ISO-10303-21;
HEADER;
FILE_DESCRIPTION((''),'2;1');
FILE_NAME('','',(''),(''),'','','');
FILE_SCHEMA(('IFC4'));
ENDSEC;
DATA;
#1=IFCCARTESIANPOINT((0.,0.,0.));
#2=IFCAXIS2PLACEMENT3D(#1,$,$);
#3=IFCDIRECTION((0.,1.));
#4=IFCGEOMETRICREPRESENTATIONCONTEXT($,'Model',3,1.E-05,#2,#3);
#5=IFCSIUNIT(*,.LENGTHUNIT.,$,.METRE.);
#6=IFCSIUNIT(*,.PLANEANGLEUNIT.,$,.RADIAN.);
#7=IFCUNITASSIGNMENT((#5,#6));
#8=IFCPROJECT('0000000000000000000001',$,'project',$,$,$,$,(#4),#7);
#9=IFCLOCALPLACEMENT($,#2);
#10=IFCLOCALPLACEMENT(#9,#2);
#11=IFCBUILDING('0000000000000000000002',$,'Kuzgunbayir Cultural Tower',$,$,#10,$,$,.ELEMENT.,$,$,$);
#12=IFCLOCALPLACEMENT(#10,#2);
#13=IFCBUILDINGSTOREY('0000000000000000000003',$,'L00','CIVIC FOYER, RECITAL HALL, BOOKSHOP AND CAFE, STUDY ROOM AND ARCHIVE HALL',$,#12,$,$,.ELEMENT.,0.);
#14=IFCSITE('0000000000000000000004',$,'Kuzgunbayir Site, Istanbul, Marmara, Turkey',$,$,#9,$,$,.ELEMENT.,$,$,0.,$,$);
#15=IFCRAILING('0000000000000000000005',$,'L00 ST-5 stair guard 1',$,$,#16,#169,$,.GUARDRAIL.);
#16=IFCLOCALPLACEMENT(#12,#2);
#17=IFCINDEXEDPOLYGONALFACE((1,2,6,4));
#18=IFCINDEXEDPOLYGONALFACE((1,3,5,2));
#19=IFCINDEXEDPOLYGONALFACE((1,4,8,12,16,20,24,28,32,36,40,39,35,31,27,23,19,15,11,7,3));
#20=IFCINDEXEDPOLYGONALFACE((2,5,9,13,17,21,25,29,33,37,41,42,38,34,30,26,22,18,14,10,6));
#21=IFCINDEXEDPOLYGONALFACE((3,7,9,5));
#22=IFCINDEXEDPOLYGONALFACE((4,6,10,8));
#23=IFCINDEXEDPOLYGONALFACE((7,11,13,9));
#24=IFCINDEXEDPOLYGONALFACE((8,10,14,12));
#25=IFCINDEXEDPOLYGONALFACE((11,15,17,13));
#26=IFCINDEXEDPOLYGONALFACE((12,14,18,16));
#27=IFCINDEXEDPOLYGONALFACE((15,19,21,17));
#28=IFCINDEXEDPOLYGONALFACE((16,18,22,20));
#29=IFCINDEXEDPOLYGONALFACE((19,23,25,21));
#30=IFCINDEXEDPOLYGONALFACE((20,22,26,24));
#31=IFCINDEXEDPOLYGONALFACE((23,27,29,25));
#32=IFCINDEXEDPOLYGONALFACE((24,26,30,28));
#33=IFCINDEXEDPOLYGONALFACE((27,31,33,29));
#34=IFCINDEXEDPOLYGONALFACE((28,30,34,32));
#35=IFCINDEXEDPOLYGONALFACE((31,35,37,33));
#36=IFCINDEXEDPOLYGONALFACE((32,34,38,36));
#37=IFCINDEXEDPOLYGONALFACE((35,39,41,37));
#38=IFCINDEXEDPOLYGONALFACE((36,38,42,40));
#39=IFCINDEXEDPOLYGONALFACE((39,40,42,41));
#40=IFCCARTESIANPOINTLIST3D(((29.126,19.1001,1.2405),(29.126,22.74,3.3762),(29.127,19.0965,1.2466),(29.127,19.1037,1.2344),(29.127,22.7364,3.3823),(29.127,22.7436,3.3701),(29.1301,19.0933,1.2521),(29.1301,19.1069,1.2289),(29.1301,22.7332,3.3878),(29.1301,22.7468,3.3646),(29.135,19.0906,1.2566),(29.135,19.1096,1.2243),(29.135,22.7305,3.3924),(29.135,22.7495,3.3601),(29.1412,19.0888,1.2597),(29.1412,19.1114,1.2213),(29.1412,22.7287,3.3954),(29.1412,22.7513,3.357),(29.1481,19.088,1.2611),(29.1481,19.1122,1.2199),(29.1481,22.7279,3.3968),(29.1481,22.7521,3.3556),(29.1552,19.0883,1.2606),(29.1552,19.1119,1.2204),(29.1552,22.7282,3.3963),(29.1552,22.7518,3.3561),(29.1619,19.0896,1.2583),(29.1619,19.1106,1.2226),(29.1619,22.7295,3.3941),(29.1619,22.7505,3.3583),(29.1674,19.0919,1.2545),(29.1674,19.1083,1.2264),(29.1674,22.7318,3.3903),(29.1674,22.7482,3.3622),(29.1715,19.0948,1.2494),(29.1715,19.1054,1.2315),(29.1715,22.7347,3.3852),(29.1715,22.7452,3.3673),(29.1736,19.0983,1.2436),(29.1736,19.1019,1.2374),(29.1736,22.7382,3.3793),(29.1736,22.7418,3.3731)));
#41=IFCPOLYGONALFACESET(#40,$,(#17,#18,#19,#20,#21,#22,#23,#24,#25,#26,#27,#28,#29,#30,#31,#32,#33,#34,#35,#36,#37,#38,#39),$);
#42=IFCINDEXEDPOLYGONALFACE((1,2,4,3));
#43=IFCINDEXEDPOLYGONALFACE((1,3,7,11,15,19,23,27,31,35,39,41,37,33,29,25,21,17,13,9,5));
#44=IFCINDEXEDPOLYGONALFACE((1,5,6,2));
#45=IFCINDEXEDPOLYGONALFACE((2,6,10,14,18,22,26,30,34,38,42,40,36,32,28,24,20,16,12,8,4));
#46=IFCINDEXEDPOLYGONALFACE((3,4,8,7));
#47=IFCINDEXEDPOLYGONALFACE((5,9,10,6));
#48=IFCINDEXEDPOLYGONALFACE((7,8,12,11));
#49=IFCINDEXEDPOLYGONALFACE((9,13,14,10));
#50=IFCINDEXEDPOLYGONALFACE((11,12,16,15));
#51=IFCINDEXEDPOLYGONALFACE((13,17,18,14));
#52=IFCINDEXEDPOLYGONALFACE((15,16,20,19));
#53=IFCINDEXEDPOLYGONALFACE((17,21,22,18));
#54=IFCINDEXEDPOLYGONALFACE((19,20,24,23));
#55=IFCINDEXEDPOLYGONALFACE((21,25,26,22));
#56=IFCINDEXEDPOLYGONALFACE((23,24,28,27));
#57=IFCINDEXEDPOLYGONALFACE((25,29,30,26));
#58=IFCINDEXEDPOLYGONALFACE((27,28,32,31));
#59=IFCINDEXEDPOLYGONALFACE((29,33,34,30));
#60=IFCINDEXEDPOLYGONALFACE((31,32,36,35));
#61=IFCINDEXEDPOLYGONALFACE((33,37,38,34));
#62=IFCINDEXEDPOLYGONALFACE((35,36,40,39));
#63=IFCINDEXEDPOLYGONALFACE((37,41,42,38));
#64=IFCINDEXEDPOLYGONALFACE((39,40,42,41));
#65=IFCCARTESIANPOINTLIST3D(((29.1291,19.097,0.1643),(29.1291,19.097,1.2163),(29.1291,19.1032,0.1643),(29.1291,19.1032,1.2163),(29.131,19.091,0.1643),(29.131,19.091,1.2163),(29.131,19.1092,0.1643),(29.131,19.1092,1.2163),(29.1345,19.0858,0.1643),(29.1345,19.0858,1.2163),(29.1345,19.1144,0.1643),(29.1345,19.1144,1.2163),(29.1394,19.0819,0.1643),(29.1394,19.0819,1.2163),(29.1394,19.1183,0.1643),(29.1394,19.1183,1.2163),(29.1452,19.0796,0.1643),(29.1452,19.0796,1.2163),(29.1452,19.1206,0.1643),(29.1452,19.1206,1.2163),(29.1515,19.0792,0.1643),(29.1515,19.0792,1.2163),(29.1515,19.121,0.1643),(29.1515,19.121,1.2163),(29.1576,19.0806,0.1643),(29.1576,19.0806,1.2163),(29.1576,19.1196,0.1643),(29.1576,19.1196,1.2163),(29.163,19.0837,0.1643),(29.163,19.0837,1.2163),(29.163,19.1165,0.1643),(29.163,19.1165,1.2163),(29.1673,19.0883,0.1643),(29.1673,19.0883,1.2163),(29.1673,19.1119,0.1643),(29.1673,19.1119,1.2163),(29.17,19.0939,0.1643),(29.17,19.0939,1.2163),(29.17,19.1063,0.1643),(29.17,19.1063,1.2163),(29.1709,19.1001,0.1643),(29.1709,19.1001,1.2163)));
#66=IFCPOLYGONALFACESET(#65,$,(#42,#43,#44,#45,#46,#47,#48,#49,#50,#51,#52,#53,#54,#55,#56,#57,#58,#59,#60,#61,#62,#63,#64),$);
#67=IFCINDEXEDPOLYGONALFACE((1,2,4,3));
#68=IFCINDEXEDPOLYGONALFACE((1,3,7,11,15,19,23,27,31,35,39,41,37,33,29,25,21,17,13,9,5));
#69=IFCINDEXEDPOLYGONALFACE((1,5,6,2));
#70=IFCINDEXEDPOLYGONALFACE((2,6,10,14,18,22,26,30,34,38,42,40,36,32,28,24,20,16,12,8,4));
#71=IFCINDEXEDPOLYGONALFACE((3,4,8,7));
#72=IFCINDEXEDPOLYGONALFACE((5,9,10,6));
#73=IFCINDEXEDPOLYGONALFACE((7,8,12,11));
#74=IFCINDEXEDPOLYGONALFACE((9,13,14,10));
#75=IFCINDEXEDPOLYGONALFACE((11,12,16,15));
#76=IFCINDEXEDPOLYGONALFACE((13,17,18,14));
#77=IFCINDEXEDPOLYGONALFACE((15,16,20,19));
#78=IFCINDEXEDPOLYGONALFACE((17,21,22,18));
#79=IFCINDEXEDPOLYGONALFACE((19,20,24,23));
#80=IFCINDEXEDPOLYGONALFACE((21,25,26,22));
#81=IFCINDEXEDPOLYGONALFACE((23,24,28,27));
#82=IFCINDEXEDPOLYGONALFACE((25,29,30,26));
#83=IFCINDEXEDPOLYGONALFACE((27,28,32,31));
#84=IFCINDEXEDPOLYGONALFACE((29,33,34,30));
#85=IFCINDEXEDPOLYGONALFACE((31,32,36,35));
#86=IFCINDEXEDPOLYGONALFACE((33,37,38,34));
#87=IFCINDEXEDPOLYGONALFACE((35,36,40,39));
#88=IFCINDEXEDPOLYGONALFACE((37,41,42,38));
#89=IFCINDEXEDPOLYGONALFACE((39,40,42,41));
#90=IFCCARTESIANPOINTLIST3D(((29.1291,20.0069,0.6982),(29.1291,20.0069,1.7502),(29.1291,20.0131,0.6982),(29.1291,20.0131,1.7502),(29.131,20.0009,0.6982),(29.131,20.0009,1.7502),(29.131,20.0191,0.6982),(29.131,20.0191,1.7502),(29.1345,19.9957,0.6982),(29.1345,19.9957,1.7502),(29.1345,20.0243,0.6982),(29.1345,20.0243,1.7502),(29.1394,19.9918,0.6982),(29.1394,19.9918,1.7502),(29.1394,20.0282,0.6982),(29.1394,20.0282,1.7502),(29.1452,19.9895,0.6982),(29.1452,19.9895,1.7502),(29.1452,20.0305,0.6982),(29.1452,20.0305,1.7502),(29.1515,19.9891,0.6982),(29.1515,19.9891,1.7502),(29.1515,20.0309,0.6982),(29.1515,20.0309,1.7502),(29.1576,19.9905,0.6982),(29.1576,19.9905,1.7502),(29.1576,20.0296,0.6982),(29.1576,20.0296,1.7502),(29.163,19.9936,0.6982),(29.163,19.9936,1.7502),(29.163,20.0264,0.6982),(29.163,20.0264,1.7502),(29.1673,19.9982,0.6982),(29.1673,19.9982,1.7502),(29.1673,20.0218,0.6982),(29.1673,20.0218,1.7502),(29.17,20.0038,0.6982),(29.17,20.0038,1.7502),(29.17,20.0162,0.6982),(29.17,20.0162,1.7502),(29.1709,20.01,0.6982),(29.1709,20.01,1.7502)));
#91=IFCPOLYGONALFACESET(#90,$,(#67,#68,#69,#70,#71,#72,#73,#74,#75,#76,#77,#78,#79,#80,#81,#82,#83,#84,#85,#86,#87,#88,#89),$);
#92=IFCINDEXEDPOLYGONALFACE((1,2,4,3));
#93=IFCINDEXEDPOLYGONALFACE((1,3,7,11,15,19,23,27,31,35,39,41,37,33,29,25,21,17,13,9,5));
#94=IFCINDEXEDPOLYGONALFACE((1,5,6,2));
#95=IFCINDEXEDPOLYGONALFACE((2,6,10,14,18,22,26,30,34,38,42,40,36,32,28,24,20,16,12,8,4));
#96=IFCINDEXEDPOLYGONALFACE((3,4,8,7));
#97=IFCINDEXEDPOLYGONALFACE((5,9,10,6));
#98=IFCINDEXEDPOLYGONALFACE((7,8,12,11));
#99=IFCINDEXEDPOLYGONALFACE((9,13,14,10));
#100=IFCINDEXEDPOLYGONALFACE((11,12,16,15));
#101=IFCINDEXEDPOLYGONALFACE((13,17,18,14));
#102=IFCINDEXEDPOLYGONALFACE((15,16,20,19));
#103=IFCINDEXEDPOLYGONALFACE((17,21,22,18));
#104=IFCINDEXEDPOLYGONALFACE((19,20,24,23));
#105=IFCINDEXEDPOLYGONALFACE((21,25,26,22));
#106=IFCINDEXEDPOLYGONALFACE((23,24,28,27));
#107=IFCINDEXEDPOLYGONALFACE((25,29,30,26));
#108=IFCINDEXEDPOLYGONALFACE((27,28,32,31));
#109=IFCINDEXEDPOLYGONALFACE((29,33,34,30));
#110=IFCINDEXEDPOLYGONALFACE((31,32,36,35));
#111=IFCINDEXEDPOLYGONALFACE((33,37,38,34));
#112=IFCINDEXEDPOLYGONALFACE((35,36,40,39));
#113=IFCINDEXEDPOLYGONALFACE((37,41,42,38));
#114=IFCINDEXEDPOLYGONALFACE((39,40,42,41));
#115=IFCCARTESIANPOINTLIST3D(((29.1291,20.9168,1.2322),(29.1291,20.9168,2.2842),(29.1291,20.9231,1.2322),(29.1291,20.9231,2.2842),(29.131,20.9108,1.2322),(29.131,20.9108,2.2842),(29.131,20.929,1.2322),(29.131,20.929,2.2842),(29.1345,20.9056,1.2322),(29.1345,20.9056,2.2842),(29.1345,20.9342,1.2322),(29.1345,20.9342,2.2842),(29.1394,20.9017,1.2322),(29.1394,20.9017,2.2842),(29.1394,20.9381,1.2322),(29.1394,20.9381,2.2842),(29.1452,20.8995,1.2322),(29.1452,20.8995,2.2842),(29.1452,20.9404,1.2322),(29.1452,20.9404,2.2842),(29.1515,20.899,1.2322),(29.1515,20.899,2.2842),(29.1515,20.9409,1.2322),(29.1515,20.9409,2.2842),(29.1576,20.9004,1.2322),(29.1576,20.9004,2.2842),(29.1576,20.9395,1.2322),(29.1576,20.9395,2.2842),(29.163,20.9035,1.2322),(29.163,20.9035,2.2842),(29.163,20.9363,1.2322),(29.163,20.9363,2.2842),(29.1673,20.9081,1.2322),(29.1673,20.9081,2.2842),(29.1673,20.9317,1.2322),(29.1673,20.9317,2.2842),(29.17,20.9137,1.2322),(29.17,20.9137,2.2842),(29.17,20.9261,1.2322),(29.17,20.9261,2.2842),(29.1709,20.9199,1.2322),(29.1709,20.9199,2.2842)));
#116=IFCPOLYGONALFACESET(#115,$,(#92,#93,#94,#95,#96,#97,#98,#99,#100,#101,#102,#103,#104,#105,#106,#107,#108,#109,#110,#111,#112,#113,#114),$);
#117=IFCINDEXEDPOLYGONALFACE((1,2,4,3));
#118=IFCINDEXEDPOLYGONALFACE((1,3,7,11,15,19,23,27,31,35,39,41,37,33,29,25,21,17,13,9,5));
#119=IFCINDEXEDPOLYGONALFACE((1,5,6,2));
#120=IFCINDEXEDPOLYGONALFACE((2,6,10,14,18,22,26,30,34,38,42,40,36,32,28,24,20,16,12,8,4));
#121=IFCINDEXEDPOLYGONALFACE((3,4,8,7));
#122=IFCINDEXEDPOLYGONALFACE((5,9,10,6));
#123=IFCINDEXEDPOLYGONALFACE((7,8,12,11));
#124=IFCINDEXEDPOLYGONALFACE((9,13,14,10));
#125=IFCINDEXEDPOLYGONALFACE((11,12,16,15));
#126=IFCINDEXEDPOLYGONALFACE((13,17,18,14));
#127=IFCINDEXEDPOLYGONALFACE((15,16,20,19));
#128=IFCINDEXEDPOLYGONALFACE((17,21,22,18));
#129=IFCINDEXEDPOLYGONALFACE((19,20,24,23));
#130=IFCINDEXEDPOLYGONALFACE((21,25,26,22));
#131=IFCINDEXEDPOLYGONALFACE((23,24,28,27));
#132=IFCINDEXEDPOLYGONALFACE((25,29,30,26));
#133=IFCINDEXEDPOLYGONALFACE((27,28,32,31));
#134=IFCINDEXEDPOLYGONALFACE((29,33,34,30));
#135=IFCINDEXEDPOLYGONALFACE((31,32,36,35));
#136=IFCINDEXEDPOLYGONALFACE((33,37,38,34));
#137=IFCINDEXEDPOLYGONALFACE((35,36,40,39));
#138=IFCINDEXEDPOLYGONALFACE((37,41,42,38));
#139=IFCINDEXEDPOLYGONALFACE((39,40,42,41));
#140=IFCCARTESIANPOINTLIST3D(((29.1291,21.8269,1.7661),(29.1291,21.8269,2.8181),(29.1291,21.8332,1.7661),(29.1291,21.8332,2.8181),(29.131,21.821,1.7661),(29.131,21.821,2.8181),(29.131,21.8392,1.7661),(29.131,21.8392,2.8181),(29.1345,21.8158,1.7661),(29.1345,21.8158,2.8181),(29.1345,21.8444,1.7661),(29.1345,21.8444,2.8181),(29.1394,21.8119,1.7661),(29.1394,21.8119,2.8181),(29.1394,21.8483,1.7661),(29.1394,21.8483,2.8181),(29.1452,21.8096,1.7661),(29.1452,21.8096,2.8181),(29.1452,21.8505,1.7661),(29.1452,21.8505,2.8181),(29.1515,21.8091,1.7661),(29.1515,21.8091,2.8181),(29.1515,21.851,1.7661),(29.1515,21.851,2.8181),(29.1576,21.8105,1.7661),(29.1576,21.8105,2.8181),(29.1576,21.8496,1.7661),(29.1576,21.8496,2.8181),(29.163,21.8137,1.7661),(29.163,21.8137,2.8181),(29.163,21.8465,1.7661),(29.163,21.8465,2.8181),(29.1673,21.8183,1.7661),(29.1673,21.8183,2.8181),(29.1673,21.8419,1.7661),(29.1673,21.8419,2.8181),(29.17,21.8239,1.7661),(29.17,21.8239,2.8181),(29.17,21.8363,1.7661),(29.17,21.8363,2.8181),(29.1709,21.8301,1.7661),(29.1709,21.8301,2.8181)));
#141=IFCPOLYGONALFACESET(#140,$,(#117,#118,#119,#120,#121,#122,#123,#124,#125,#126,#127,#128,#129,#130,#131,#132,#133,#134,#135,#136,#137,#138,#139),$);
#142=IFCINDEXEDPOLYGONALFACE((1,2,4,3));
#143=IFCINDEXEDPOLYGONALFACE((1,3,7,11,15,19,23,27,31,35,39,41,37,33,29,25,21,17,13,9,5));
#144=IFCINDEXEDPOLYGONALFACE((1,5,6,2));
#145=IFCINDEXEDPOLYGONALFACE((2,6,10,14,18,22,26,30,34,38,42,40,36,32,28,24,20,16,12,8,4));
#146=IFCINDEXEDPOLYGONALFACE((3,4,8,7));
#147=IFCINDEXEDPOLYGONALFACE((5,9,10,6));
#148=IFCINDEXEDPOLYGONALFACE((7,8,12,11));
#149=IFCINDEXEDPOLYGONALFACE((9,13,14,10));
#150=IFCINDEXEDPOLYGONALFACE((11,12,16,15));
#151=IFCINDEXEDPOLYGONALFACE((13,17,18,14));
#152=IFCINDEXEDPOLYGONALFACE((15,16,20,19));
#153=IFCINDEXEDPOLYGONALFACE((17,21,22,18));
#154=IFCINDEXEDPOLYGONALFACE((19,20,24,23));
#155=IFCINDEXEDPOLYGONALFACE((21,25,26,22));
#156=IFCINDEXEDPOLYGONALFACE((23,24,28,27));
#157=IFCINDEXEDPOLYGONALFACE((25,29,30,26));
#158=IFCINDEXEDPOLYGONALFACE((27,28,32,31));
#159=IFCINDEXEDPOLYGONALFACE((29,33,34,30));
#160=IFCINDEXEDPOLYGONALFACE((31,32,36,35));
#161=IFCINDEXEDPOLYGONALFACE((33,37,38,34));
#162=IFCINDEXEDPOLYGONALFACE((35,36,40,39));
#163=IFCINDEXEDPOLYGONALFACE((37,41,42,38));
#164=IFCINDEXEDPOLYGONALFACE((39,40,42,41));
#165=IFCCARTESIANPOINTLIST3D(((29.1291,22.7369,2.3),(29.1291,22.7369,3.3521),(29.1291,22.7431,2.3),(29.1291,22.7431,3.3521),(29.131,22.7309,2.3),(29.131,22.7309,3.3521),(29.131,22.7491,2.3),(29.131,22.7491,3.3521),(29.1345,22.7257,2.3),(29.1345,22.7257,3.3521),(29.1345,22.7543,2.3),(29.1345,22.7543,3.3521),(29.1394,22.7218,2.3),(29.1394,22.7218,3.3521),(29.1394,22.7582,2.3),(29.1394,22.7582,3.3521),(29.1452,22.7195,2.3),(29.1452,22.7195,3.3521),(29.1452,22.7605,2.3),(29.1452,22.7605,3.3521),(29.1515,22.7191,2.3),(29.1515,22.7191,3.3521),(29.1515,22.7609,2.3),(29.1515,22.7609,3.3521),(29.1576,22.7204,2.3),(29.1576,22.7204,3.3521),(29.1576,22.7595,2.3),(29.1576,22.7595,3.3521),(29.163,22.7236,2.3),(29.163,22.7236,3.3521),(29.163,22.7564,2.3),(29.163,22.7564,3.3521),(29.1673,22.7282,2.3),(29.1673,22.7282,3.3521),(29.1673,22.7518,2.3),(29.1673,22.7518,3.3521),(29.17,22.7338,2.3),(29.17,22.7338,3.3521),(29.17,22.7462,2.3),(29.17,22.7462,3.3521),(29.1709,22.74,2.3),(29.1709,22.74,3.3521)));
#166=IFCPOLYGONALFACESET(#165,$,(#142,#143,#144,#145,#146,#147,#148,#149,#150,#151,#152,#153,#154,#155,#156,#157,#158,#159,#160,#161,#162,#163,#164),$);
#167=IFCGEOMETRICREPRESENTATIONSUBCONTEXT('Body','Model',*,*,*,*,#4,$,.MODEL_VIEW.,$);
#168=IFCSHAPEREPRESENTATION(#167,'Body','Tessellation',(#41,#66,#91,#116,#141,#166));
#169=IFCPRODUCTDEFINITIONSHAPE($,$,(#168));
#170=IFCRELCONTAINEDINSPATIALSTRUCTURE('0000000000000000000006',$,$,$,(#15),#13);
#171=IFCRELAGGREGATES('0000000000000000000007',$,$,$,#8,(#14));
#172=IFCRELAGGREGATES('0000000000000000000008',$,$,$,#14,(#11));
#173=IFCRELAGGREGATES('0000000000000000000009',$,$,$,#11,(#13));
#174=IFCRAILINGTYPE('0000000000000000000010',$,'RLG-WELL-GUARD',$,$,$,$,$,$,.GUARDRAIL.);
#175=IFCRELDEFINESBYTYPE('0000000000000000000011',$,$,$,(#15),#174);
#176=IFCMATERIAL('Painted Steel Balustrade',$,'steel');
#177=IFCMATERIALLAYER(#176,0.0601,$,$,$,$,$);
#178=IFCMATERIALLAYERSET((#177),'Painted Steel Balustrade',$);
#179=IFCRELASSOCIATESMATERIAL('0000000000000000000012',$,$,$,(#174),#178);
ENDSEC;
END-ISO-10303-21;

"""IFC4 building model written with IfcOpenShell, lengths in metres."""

from ifc_helpers import new_model, si_unit, direction, frame, origin, origin_2d, place, context, subcontext, project, spatial, circle, extrude, material, layer, layer_set, type_object, element, save


model = new_model("IFC4")

# Units and contexts
model_context = context("Model", 3, precision=1e-05, world=origin(), true_north=direction((0.0, 1.0)))
body_context = subcontext(model_context, "Body", "Model", "MODEL_VIEW")
ifc_project = project(units=[si_unit("LENGTHUNIT", "METRE"), si_unit("PLANEANGLEUNIT", "RADIAN")], contexts=[model_context])

# Site, building, storey
site_placement = place(None, origin())
site = spatial("IfcSite", under=ifc_project, at=site_placement, Name="Kuzgunbayir Site, Istanbul, Marmara, Turkey", CompositionType="ELEMENT", RefElevation=0.0)
building_placement = place(site_placement, origin())
building = spatial("IfcBuilding", under=site, at=building_placement, Name="Kuzgunbayir Cultural Tower", CompositionType="ELEMENT")
storey_placement = place(building_placement, origin())
storey = spatial("IfcBuildingStorey", under=building, at=storey_placement, Name="L00", Description="CIVIC FOYER, RECITAL HALL, BOOKSHOP AND CAFE, STUDY ROOM AND ARCHIVE HALL", CompositionType="ELEMENT", Elevation=0.0)

# Railing
ifc_material_1 = material(Name="Painted Steel Balustrade", Category="steel")
ifc_layer_1 = layer(ifc_material_1, 0.0601)
ifc_layer_set_1 = layer_set([ifc_layer_1], Name="Painted Steel Balustrade")
railing_type_1 = type_object("IfcRailingType", Name="RLG-WELL-GUARD", PredefinedType="GUARDRAIL", material=ifc_layer_set_1)
railing_1_placement = place(storey_placement, frame((29.1499, 19.1001, 0.1643)))
element("IfcRailing", 1, at=railing_1_placement, inside=storey, type_object=railing_type_1, Name="L00 ST-5 stair guard 1", PredefinedType="GUARDRAIL", context=body_context, shape_type="SweptSolid", body=[
    extrude(circle(Radius=0.0239, at=origin_2d()), frame((0.0, 0.0, 1.0762), z_axis=(0.0, 0.86249, 0.506074), x_axis=(-1.0, 0.0, 0.0)), (0.0, 0.0, 1.0), 4.2202),
    extrude(circle(Radius=0.021, at=origin_2d()), origin(), (0.0, 0.0, 1.0), 1.052),
    extrude(circle(Radius=0.021, at=origin_2d()), frame((0.0, 0.9099, 0.5339)), (0.0, 0.0, 1.0), 1.052),
    extrude(circle(Radius=0.021, at=origin_2d()), frame((0.0, 1.8198, 1.0679)), (0.0, 0.0, 1.0), 1.052),
    extrude(circle(Radius=0.021, at=origin_2d()), frame((0.0, 2.73, 1.6018)), (0.0, 0.0, 1.0), 1.052),
    extrude(circle(Radius=0.021, at=origin_2d()), frame((0.0, 3.6399, 2.1357)), (0.0, 0.0, 1.0), 1.052),
])

save(model, "model.ifc")
